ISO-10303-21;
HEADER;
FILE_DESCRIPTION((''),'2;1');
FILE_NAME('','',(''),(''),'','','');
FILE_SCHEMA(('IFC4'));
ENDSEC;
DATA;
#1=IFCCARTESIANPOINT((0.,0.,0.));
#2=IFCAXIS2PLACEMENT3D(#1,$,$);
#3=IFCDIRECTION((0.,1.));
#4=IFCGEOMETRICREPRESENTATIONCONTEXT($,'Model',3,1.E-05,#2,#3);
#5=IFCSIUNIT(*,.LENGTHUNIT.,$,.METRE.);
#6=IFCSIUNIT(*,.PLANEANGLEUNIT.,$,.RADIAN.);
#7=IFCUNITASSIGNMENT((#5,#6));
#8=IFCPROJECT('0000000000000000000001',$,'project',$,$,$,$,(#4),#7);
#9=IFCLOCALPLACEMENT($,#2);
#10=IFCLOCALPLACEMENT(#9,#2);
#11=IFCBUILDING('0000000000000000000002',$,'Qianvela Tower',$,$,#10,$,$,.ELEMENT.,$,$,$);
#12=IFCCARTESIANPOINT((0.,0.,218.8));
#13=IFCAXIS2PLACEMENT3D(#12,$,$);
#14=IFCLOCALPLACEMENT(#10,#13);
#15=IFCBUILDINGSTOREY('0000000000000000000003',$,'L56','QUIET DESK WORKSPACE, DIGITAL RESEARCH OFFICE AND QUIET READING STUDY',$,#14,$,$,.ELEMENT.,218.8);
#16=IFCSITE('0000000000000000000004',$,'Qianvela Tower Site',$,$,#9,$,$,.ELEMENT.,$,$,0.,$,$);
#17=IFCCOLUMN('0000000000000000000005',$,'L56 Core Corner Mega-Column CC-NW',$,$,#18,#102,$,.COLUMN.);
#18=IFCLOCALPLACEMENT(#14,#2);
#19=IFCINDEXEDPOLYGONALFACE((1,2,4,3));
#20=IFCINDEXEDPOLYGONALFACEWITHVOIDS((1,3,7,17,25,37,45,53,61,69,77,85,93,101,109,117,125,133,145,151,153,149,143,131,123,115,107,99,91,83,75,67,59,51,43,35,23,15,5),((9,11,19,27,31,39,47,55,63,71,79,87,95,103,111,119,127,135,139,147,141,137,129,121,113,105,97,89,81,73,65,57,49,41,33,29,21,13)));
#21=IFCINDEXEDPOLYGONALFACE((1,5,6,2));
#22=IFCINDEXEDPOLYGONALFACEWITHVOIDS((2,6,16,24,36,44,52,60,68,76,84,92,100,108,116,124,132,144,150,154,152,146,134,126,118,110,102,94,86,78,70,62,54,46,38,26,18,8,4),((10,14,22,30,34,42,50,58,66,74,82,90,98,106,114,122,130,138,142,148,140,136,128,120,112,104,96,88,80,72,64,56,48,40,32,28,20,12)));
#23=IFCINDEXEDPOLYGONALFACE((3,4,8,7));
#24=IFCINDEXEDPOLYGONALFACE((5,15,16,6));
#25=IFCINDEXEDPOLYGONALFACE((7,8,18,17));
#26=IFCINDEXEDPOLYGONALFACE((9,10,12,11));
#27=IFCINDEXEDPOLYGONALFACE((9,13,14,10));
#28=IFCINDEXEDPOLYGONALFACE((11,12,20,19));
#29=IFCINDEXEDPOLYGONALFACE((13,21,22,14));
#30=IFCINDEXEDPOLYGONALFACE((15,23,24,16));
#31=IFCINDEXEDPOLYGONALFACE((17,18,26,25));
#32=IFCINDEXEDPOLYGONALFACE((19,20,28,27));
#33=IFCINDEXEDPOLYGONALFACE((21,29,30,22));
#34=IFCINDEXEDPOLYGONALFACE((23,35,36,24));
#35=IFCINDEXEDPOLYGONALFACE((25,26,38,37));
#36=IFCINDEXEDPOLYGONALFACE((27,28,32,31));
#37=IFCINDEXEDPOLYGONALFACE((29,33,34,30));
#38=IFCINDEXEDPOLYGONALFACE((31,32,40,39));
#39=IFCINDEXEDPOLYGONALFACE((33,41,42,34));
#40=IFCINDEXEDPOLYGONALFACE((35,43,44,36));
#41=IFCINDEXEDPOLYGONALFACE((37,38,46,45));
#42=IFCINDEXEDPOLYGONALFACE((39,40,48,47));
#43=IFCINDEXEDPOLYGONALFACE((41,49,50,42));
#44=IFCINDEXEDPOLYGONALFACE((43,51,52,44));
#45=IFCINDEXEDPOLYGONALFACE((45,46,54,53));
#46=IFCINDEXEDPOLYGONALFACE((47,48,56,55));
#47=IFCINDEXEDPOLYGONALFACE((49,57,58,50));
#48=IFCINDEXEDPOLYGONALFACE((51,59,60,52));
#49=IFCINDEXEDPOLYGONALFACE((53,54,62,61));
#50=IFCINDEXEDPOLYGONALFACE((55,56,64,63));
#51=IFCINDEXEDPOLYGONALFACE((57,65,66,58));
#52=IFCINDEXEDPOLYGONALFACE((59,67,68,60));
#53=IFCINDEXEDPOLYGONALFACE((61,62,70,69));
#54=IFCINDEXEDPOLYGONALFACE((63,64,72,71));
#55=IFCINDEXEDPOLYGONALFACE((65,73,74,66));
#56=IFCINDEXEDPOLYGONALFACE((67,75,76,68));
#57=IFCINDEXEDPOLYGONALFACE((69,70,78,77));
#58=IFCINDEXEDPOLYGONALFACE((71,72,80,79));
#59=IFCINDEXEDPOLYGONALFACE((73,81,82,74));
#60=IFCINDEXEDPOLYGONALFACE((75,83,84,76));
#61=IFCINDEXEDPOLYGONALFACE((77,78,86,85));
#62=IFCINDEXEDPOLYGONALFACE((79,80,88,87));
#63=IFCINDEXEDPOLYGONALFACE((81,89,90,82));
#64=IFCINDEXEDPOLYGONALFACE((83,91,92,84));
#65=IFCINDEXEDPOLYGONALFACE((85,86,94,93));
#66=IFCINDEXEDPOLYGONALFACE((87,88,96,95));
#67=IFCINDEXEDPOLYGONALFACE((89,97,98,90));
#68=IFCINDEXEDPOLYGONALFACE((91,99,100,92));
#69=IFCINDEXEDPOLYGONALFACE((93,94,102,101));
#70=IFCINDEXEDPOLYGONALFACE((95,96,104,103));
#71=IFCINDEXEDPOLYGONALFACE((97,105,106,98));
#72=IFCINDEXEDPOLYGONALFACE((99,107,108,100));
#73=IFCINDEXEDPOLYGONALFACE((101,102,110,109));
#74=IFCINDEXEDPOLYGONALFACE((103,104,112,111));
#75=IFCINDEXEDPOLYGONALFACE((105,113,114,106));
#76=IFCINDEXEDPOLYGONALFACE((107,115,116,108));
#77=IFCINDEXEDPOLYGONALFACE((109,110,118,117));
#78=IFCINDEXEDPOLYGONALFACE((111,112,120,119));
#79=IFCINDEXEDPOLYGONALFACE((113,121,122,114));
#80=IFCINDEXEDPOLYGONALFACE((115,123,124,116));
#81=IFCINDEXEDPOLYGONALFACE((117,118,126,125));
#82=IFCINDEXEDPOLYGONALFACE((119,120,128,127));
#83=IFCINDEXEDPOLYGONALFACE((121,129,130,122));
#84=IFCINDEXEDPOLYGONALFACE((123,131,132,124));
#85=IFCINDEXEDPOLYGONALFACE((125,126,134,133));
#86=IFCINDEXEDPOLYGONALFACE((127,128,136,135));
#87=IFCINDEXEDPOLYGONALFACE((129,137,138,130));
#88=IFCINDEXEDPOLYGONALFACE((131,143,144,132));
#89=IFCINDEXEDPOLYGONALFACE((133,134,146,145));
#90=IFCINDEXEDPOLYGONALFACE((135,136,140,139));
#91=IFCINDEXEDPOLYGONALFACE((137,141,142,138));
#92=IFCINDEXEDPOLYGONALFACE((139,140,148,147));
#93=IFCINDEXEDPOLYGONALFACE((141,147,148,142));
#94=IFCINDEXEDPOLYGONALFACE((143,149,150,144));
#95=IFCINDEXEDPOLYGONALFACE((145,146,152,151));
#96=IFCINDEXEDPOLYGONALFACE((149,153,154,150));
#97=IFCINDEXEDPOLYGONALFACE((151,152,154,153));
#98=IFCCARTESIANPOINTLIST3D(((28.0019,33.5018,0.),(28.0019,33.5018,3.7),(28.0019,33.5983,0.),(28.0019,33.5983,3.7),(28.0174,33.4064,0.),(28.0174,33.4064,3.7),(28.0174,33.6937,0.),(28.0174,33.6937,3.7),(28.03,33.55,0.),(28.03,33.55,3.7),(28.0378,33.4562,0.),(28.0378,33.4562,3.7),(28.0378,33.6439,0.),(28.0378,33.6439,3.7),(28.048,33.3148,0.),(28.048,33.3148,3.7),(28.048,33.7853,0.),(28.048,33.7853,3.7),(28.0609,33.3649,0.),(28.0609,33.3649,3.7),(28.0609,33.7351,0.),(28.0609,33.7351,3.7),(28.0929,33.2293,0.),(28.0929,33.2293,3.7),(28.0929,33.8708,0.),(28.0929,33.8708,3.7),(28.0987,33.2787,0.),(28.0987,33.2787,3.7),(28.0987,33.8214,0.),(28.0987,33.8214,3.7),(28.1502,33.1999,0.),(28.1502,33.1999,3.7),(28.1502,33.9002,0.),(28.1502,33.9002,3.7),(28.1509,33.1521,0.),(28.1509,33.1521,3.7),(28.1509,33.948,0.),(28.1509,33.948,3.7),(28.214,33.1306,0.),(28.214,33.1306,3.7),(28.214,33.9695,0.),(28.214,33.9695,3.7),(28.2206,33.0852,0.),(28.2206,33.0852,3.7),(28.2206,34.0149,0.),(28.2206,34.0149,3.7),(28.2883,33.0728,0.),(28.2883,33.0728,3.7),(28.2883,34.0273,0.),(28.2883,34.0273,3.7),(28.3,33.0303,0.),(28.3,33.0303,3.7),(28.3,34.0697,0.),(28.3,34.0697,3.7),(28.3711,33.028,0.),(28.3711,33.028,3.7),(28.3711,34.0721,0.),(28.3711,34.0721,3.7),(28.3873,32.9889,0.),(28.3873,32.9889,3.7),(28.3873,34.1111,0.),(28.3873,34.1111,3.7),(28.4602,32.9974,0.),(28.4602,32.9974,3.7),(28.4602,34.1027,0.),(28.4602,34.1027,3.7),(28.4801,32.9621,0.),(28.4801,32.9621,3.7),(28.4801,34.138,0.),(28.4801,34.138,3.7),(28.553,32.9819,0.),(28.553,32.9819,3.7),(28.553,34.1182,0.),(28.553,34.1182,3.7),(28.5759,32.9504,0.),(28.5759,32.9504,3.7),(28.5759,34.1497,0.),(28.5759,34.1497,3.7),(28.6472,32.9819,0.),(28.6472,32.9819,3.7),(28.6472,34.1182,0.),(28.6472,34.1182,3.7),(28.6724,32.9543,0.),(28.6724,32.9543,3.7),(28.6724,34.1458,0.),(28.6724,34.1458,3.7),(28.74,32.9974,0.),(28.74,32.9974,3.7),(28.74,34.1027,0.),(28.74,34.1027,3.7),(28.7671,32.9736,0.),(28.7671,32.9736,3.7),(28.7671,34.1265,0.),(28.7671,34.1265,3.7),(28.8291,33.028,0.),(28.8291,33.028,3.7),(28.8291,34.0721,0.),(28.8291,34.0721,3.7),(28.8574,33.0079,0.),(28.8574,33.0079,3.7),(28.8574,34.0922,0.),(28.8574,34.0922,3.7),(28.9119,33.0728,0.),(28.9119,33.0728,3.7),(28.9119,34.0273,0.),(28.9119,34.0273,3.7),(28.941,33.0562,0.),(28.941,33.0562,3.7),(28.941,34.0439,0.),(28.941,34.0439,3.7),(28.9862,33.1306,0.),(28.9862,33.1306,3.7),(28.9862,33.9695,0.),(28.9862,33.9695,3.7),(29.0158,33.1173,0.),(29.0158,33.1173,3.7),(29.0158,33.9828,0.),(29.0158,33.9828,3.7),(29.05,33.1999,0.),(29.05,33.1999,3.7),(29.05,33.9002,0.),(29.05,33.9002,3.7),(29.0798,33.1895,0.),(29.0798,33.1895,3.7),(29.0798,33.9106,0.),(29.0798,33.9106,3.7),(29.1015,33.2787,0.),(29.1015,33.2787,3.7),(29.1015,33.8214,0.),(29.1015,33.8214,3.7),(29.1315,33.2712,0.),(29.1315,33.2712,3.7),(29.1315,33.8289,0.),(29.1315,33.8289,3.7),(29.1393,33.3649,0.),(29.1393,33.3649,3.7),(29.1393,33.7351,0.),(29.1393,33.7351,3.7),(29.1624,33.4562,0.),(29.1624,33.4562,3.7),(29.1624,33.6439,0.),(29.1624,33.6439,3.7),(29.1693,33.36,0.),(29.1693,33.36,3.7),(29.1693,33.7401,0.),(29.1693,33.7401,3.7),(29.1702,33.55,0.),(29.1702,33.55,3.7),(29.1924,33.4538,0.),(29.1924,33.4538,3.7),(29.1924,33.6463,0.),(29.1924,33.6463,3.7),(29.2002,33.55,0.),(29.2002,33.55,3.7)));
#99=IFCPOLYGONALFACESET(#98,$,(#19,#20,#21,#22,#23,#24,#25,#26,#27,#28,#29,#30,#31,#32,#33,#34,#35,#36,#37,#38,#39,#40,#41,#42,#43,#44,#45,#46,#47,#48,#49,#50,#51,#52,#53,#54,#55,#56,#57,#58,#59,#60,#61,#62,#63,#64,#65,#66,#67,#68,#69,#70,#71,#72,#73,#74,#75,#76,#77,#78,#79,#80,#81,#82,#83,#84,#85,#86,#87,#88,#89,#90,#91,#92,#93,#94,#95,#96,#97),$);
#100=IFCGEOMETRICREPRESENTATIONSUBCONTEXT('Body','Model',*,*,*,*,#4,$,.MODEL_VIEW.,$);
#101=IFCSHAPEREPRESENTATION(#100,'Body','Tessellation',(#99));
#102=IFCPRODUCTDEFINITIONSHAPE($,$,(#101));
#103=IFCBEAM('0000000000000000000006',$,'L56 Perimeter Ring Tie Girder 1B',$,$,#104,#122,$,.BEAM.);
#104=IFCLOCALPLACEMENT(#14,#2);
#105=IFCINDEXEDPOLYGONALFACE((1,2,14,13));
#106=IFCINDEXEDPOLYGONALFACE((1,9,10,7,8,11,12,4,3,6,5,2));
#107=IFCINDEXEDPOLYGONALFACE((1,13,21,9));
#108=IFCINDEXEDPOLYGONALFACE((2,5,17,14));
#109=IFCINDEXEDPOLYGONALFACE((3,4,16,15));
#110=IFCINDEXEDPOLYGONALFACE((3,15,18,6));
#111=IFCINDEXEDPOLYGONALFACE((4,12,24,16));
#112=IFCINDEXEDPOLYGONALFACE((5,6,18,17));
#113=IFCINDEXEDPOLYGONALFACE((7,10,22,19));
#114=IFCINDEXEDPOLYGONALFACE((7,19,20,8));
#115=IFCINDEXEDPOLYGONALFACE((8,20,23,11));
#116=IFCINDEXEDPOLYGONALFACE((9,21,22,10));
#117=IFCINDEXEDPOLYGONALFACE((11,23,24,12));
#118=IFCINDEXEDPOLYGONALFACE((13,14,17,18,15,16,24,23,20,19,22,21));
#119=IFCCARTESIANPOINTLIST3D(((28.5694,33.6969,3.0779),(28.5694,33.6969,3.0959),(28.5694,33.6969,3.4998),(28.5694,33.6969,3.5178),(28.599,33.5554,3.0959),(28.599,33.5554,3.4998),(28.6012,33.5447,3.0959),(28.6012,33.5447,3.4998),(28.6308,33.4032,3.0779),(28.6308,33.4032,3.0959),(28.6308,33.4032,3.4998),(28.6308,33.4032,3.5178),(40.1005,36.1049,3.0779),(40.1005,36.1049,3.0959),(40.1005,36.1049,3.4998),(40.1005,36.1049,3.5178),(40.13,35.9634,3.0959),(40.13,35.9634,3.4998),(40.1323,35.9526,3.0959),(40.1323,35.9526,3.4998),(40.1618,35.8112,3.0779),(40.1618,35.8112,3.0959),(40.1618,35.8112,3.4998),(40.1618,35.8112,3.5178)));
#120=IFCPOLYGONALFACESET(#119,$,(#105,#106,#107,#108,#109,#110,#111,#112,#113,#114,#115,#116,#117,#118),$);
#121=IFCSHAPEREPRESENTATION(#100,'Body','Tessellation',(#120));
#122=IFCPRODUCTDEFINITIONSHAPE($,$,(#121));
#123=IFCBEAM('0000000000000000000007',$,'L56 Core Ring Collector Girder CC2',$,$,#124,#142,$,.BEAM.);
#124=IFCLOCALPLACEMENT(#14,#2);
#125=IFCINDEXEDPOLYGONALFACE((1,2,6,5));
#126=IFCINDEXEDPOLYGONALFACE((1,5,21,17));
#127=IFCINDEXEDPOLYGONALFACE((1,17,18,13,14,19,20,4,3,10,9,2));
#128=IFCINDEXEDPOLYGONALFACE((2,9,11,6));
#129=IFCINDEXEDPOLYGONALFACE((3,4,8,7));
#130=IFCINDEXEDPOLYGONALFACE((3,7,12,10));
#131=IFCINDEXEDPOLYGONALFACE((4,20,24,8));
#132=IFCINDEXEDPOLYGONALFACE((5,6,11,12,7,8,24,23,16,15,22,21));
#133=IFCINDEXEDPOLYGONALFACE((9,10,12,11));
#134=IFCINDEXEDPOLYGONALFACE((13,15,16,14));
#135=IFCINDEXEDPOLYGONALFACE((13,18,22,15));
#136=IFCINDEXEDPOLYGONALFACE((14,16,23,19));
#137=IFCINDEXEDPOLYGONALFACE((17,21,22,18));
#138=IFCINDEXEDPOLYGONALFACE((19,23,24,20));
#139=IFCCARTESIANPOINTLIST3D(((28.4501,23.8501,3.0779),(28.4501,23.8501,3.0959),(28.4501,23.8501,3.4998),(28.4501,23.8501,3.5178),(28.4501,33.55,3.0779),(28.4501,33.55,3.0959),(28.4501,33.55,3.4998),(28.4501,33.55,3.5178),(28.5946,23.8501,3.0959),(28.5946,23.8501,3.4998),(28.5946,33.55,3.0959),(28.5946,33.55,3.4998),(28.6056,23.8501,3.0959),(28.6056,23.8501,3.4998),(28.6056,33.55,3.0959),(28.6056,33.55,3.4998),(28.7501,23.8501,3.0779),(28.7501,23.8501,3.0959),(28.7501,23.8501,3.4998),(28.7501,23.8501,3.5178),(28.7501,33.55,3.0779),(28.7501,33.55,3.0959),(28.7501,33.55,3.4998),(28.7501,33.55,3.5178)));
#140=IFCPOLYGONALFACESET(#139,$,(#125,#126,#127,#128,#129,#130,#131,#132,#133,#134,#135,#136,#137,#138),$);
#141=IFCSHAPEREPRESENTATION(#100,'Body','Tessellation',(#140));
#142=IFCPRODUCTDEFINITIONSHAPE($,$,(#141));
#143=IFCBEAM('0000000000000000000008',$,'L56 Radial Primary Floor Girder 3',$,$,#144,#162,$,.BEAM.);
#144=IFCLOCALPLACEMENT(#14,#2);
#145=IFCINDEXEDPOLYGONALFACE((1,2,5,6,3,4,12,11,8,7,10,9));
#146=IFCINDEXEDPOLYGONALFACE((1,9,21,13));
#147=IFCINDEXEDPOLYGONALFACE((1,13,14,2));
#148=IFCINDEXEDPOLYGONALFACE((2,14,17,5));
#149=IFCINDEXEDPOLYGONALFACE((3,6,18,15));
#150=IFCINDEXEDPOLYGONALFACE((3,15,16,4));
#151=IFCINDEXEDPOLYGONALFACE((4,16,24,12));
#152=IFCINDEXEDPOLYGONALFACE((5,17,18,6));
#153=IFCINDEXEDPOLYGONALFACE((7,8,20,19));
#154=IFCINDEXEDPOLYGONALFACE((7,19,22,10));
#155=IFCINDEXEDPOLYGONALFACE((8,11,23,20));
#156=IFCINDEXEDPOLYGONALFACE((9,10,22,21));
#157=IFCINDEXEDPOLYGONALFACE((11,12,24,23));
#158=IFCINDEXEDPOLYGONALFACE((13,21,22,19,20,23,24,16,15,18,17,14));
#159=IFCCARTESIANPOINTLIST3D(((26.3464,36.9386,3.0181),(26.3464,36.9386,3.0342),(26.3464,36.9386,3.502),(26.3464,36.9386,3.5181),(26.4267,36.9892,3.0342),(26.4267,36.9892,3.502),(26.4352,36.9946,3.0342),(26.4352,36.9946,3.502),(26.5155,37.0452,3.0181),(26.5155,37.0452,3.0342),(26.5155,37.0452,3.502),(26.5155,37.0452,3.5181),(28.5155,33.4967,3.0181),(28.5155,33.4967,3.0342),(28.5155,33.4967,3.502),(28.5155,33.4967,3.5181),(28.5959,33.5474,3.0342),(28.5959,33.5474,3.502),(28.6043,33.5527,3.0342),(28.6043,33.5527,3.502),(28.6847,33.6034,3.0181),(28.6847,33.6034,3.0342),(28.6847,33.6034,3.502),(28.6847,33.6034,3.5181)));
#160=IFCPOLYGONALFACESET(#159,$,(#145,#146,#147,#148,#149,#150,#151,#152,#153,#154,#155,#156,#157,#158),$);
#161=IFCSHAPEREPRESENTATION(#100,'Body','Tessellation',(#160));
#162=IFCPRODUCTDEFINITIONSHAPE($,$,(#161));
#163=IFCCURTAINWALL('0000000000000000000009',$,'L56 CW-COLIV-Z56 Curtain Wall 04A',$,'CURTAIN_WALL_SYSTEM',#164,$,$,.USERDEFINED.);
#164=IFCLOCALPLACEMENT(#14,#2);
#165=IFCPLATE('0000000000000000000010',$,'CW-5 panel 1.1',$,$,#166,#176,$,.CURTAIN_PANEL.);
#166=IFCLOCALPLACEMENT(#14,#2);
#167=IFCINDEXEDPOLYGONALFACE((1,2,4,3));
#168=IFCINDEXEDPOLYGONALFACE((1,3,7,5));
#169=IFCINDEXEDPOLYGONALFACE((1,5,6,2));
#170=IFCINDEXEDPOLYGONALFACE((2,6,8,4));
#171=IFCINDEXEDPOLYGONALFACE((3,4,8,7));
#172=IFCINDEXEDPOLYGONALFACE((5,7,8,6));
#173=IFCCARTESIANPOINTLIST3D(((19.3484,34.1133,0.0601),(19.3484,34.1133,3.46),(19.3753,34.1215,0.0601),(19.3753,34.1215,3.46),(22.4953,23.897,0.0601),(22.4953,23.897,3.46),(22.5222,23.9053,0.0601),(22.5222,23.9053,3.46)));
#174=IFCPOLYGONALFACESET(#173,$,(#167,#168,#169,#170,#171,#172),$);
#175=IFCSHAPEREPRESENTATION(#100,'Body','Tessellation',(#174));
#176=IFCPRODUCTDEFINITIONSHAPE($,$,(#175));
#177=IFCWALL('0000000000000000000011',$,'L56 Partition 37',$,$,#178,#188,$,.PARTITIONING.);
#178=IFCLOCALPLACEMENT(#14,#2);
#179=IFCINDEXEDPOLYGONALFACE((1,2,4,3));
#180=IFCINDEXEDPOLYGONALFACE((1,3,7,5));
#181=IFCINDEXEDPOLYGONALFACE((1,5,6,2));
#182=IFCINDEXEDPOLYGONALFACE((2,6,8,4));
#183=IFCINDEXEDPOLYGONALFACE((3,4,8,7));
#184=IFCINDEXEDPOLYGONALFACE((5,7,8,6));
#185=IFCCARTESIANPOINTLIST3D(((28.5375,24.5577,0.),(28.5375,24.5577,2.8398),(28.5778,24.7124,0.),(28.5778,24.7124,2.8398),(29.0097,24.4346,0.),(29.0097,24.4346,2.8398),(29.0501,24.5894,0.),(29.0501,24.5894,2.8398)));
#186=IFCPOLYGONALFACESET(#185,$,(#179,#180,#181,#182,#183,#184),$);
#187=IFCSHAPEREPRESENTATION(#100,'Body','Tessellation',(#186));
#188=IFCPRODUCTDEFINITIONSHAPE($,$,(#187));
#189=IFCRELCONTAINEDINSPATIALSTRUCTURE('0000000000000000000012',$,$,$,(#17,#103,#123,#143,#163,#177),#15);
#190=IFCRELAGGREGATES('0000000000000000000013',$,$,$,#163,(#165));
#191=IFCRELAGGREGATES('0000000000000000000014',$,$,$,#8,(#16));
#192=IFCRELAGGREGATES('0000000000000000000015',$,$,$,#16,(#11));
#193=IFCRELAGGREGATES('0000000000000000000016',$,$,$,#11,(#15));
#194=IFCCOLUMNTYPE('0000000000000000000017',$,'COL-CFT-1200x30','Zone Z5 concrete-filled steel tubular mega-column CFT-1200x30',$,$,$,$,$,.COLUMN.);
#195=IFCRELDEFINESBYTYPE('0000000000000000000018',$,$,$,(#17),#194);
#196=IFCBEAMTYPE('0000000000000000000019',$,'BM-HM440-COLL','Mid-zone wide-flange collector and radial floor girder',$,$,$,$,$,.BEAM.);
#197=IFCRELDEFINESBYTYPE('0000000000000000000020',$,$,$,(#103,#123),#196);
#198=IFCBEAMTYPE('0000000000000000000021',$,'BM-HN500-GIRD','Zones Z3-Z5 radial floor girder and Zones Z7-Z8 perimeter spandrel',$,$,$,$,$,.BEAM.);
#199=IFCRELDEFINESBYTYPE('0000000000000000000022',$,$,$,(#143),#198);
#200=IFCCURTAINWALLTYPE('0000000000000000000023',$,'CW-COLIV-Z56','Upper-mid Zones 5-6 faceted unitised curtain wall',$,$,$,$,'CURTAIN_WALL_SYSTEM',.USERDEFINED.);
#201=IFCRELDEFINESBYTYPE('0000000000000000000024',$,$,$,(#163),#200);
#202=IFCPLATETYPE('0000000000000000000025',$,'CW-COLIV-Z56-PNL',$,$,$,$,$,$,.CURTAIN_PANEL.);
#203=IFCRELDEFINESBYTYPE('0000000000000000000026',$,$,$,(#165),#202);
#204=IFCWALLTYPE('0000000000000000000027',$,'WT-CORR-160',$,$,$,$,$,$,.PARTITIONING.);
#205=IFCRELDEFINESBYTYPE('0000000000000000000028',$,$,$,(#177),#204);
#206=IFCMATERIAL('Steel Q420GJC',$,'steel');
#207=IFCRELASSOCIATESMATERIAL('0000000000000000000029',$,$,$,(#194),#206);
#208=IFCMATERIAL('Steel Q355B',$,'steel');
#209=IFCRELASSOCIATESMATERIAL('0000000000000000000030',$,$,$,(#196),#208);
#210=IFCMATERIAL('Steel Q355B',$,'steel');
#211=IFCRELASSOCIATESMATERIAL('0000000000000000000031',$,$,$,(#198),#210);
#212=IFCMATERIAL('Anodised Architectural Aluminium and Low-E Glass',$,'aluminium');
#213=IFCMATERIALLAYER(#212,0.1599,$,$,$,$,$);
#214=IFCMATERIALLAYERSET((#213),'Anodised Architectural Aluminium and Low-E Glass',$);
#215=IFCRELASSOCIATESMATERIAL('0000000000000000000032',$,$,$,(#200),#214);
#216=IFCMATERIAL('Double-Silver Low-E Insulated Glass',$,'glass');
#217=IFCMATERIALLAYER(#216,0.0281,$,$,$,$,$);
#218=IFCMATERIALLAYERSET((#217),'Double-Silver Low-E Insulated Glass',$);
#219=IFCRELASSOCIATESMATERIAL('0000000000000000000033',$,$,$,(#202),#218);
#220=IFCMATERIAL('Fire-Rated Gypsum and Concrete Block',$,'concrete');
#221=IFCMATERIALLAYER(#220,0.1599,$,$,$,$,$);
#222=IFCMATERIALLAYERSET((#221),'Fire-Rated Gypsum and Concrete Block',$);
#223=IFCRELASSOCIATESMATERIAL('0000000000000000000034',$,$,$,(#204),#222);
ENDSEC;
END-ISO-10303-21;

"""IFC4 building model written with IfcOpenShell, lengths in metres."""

from ifc_helpers import new_model, si_unit, direction, frame, frame_2d, origin, origin_2d, place, context, subcontext, project, spatial, rectangle, hollow_circle, i_section, extrude, material, layer, layer_set, material_profile, profile_set, type_object, element, aggregate, save


model = new_model("IFC4")

# Units and contexts
model_context = context("Model", 3, precision=1e-05, world=origin(), true_north=direction((0.0, 1.0)))
body_context = subcontext(model_context, "Body", "Model", "MODEL_VIEW")
ifc_project = project(units=[si_unit("LENGTHUNIT", "METRE"), si_unit("PLANEANGLEUNIT", "RADIAN")], contexts=[model_context])

# Site, building, storey
site_placement = place(None, origin())
site = spatial("IfcSite", under=ifc_project, at=site_placement, Name="Qianvela Tower Site", CompositionType="ELEMENT", RefElevation=0.0)
building_placement = place(site_placement, origin())
building = spatial("IfcBuilding", under=site, at=building_placement, Name="Qianvela Tower", CompositionType="ELEMENT")
storey_placement = place(building_placement, frame((0.0, 0.0, 218.8)))
storey = spatial("IfcBuildingStorey", under=building, at=storey_placement, Name="L56", Description="QUIET DESK WORKSPACE, DIGITAL RESEARCH OFFICE AND QUIET READING STUDY", CompositionType="ELEMENT", Elevation=218.8)

# Column
ifc_material_1 = material(Name="Steel Q420GJC", Category="steel")
ifc_material_profile_1 = material_profile(ifc_material_1, hollow_circle(Radius=0.6001, WallThickness=0.03, at=origin_2d()), Name="CFT-1200x30")
ifc_profile_set_1 = profile_set([ifc_material_profile_1], Name="Steel Q420GJC")
column_type = type_object("IfcColumnType", Name="COL-CFT-1200x30", Description="Zone Z5 concrete-filled steel tubular mega-column CFT-1200x30", PredefinedType="COLUMN", material=ifc_profile_set_1)
column_placement = place(storey_placement, frame((28.6001, 33.55, 0.0), z_axis=(0.0, 0.0, 1.0), x_axis=(1.0, 0.0, 0.0)))
element("IfcColumn", 1, at=column_placement, inside=storey, type_object=column_type, Name="L56 Core Corner Mega-Column CC-NW", PredefinedType="COLUMN", context=body_context, shape_type="SweptSolid", body=[
    extrude(hollow_circle(Radius=0.6001, WallThickness=0.03, at=origin_2d()), origin(), (0.0, 0.0, 1.0), 3.7),
])

# Beams
ifc_material_2 = material(Name="Steel Q355B", Category="steel")
ifc_material_profile_2 = material_profile(ifc_material_2, i_section(OverallWidth=0.3, OverallDepth=0.4399, WebThickness=0.011, FlangeThickness=0.0181, at=origin_2d()), Name="HM440x300x11x18")
ifc_profile_set_2 = profile_set([ifc_material_profile_2], Name="Steel Q355B")
beam_type_1 = type_object("IfcBeamType", Name="BM-HM440-COLL", Description="Mid-zone wide-flange collector and radial floor girder", PredefinedType="BEAM", material=ifc_profile_set_2)
beam_1_placement = place(storey_placement, frame((28.6001, 33.55, 3.2979), z_axis=(0.978884, 0.204415, 0.0), x_axis=(-0.204415, 0.978884, 0.0)))
element("IfcBeam", 2, at=beam_1_placement, inside=storey, type_object=beam_type_1, Name="L56 Perimeter Ring Tie Girder 1B", PredefinedType="BEAM", context=body_context, shape_type="SweptSolid", body=[
    extrude(i_section(OverallWidth=0.3, OverallDepth=0.4399, WebThickness=0.011, FlangeThickness=0.0181, at=origin_2d()), origin(), (0.0, 0.0, 1.0), 11.7798),
])
beam_2_placement = place(storey_placement, frame((28.6001, 33.55, 3.2979), z_axis=(0.0, -1.0, 0.0), x_axis=(1.0, 0.0, 0.0)))
element("IfcBeam", 3, at=beam_2_placement, inside=storey, type_object=beam_type_1, Name="L56 Core Ring Collector Girder CC2", PredefinedType="BEAM", context=body_context, shape_type="SweptSolid", body=[
    extrude(i_section(OverallWidth=0.3, OverallDepth=0.4399, WebThickness=0.011, FlangeThickness=0.0181, at=origin_2d()), origin(), (0.0, 0.0, 1.0), 9.7),
])
ifc_material_3 = material(Name="Steel Q355B", Category="steel")
ifc_material_profile_3 = material_profile(ifc_material_3, i_section(OverallWidth=0.2, OverallDepth=0.5, WebThickness=0.01, FlangeThickness=0.0161, at=origin_2d()), Name="HN500x200x10x16")
ifc_profile_set_3 = profile_set([ifc_material_profile_3], Name="Steel Q355B")
beam_type_2 = type_object("IfcBeamType", Name="BM-HN500-GIRD", Description="Zones Z3-Z5 radial floor girder and Zones Z7-Z8 perimeter spandrel", PredefinedType="BEAM", material=ifc_profile_set_3)
beam_3_placement = place(storey_placement, frame((28.6001, 33.55, 3.2681), z_axis=(-0.533178, 0.846003, 0.0), x_axis=(-0.846003, -0.533178, 0.0)))
element("IfcBeam", 4, at=beam_3_placement, inside=storey, type_object=beam_type_2, Name="L56 Radial Primary Floor Girder 3", PredefinedType="BEAM", context=body_context, shape_type="SweptSolid", body=[
    extrude(i_section(OverallWidth=0.2, OverallDepth=0.5, WebThickness=0.01, FlangeThickness=0.0161, at=origin_2d()), origin(), (0.0, 0.0, 1.0), 4.0684),
])

# Curtain wall, plate
ifc_material_4 = material(Name="Anodised Architectural Aluminium and Low-E Glass", Category="aluminium")
ifc_layer_1 = layer(ifc_material_4, 0.1599)
ifc_layer_set_1 = layer_set([ifc_layer_1], Name="Anodised Architectural Aluminium and Low-E Glass")
curtain_wall_type = type_object("IfcCurtainWallType", Name="CW-COLIV-Z56", Description="Upper-mid Zones 5-6 faceted unitised curtain wall", ElementType="CURTAIN_WALL_SYSTEM", PredefinedType="USERDEFINED", material=ifc_layer_set_1)
curtain_wall_placement = place(storey_placement, origin())
curtain_wall = element("IfcCurtainWall", 5, at=curtain_wall_placement, inside=storey, type_object=curtain_wall_type, Name="L56 CW-COLIV-Z56 Curtain Wall 04A", ObjectType="CURTAIN_WALL_SYSTEM", PredefinedType="USERDEFINED")
ifc_material_5 = material(Name="Double-Silver Low-E Insulated Glass", Category="glass")
ifc_layer_2 = layer(ifc_material_5, 0.0281)
ifc_layer_set_2 = layer_set([ifc_layer_2], Name="Double-Silver Low-E Insulated Glass")
plate_type = type_object("IfcPlateType", Name="CW-COLIV-Z56-PNL", PredefinedType="CURTAIN_PANEL", material=ifc_layer_set_2)
plate_placement = place(storey_placement, frame((20.9353, 29.0093, 0.0601), z_axis=(0.0, 0.0, 1.0), x_axis=(0.294379, -0.955689, 0.0)))
plate = element("IfcPlate", 6, at=plate_placement, type_object=plate_type, Name="CW-5 panel 1.1", PredefinedType="CURTAIN_PANEL", context=body_context, shape_type="SweptSolid", body=[
    extrude(rectangle(XDim=10.6899, YDim=0.0281, at=origin_2d()), origin(), (0.0, 0.0, 1.0), 3.3999),
])
aggregate(curtain_wall, [plate])

# Wall
ifc_material_6 = material(Name="Fire-Rated Gypsum and Concrete Block", Category="concrete")
ifc_layer_3 = layer(ifc_material_6, 0.1599)
ifc_layer_set_3 = layer_set([ifc_layer_3], Name="Fire-Rated Gypsum and Concrete Block")
wall_type_1 = type_object("IfcWallType", Name="WT-CORR-160", PredefinedType="PARTITIONING", material=ifc_layer_set_3)
wall_1_placement = place(storey_placement, frame((29.03, 24.512, 0.0), z_axis=(0.0, 0.0, 1.0), x_axis=(-0.967681, 0.252177, 0.0)))
element("IfcWall", 7, at=wall_1_placement, inside=storey, type_object=wall_type_1, Name="L56 Partition 37", PredefinedType="PARTITIONING", context=body_context, shape_type="SweptSolid", body=[
    extrude(rectangle(XDim=0.488, YDim=0.1599, at=frame_2d((0.2441, 0.0))), origin(), (0.0, 0.0, 1.0), 2.8398),
])

save(model, "model.ifc")
